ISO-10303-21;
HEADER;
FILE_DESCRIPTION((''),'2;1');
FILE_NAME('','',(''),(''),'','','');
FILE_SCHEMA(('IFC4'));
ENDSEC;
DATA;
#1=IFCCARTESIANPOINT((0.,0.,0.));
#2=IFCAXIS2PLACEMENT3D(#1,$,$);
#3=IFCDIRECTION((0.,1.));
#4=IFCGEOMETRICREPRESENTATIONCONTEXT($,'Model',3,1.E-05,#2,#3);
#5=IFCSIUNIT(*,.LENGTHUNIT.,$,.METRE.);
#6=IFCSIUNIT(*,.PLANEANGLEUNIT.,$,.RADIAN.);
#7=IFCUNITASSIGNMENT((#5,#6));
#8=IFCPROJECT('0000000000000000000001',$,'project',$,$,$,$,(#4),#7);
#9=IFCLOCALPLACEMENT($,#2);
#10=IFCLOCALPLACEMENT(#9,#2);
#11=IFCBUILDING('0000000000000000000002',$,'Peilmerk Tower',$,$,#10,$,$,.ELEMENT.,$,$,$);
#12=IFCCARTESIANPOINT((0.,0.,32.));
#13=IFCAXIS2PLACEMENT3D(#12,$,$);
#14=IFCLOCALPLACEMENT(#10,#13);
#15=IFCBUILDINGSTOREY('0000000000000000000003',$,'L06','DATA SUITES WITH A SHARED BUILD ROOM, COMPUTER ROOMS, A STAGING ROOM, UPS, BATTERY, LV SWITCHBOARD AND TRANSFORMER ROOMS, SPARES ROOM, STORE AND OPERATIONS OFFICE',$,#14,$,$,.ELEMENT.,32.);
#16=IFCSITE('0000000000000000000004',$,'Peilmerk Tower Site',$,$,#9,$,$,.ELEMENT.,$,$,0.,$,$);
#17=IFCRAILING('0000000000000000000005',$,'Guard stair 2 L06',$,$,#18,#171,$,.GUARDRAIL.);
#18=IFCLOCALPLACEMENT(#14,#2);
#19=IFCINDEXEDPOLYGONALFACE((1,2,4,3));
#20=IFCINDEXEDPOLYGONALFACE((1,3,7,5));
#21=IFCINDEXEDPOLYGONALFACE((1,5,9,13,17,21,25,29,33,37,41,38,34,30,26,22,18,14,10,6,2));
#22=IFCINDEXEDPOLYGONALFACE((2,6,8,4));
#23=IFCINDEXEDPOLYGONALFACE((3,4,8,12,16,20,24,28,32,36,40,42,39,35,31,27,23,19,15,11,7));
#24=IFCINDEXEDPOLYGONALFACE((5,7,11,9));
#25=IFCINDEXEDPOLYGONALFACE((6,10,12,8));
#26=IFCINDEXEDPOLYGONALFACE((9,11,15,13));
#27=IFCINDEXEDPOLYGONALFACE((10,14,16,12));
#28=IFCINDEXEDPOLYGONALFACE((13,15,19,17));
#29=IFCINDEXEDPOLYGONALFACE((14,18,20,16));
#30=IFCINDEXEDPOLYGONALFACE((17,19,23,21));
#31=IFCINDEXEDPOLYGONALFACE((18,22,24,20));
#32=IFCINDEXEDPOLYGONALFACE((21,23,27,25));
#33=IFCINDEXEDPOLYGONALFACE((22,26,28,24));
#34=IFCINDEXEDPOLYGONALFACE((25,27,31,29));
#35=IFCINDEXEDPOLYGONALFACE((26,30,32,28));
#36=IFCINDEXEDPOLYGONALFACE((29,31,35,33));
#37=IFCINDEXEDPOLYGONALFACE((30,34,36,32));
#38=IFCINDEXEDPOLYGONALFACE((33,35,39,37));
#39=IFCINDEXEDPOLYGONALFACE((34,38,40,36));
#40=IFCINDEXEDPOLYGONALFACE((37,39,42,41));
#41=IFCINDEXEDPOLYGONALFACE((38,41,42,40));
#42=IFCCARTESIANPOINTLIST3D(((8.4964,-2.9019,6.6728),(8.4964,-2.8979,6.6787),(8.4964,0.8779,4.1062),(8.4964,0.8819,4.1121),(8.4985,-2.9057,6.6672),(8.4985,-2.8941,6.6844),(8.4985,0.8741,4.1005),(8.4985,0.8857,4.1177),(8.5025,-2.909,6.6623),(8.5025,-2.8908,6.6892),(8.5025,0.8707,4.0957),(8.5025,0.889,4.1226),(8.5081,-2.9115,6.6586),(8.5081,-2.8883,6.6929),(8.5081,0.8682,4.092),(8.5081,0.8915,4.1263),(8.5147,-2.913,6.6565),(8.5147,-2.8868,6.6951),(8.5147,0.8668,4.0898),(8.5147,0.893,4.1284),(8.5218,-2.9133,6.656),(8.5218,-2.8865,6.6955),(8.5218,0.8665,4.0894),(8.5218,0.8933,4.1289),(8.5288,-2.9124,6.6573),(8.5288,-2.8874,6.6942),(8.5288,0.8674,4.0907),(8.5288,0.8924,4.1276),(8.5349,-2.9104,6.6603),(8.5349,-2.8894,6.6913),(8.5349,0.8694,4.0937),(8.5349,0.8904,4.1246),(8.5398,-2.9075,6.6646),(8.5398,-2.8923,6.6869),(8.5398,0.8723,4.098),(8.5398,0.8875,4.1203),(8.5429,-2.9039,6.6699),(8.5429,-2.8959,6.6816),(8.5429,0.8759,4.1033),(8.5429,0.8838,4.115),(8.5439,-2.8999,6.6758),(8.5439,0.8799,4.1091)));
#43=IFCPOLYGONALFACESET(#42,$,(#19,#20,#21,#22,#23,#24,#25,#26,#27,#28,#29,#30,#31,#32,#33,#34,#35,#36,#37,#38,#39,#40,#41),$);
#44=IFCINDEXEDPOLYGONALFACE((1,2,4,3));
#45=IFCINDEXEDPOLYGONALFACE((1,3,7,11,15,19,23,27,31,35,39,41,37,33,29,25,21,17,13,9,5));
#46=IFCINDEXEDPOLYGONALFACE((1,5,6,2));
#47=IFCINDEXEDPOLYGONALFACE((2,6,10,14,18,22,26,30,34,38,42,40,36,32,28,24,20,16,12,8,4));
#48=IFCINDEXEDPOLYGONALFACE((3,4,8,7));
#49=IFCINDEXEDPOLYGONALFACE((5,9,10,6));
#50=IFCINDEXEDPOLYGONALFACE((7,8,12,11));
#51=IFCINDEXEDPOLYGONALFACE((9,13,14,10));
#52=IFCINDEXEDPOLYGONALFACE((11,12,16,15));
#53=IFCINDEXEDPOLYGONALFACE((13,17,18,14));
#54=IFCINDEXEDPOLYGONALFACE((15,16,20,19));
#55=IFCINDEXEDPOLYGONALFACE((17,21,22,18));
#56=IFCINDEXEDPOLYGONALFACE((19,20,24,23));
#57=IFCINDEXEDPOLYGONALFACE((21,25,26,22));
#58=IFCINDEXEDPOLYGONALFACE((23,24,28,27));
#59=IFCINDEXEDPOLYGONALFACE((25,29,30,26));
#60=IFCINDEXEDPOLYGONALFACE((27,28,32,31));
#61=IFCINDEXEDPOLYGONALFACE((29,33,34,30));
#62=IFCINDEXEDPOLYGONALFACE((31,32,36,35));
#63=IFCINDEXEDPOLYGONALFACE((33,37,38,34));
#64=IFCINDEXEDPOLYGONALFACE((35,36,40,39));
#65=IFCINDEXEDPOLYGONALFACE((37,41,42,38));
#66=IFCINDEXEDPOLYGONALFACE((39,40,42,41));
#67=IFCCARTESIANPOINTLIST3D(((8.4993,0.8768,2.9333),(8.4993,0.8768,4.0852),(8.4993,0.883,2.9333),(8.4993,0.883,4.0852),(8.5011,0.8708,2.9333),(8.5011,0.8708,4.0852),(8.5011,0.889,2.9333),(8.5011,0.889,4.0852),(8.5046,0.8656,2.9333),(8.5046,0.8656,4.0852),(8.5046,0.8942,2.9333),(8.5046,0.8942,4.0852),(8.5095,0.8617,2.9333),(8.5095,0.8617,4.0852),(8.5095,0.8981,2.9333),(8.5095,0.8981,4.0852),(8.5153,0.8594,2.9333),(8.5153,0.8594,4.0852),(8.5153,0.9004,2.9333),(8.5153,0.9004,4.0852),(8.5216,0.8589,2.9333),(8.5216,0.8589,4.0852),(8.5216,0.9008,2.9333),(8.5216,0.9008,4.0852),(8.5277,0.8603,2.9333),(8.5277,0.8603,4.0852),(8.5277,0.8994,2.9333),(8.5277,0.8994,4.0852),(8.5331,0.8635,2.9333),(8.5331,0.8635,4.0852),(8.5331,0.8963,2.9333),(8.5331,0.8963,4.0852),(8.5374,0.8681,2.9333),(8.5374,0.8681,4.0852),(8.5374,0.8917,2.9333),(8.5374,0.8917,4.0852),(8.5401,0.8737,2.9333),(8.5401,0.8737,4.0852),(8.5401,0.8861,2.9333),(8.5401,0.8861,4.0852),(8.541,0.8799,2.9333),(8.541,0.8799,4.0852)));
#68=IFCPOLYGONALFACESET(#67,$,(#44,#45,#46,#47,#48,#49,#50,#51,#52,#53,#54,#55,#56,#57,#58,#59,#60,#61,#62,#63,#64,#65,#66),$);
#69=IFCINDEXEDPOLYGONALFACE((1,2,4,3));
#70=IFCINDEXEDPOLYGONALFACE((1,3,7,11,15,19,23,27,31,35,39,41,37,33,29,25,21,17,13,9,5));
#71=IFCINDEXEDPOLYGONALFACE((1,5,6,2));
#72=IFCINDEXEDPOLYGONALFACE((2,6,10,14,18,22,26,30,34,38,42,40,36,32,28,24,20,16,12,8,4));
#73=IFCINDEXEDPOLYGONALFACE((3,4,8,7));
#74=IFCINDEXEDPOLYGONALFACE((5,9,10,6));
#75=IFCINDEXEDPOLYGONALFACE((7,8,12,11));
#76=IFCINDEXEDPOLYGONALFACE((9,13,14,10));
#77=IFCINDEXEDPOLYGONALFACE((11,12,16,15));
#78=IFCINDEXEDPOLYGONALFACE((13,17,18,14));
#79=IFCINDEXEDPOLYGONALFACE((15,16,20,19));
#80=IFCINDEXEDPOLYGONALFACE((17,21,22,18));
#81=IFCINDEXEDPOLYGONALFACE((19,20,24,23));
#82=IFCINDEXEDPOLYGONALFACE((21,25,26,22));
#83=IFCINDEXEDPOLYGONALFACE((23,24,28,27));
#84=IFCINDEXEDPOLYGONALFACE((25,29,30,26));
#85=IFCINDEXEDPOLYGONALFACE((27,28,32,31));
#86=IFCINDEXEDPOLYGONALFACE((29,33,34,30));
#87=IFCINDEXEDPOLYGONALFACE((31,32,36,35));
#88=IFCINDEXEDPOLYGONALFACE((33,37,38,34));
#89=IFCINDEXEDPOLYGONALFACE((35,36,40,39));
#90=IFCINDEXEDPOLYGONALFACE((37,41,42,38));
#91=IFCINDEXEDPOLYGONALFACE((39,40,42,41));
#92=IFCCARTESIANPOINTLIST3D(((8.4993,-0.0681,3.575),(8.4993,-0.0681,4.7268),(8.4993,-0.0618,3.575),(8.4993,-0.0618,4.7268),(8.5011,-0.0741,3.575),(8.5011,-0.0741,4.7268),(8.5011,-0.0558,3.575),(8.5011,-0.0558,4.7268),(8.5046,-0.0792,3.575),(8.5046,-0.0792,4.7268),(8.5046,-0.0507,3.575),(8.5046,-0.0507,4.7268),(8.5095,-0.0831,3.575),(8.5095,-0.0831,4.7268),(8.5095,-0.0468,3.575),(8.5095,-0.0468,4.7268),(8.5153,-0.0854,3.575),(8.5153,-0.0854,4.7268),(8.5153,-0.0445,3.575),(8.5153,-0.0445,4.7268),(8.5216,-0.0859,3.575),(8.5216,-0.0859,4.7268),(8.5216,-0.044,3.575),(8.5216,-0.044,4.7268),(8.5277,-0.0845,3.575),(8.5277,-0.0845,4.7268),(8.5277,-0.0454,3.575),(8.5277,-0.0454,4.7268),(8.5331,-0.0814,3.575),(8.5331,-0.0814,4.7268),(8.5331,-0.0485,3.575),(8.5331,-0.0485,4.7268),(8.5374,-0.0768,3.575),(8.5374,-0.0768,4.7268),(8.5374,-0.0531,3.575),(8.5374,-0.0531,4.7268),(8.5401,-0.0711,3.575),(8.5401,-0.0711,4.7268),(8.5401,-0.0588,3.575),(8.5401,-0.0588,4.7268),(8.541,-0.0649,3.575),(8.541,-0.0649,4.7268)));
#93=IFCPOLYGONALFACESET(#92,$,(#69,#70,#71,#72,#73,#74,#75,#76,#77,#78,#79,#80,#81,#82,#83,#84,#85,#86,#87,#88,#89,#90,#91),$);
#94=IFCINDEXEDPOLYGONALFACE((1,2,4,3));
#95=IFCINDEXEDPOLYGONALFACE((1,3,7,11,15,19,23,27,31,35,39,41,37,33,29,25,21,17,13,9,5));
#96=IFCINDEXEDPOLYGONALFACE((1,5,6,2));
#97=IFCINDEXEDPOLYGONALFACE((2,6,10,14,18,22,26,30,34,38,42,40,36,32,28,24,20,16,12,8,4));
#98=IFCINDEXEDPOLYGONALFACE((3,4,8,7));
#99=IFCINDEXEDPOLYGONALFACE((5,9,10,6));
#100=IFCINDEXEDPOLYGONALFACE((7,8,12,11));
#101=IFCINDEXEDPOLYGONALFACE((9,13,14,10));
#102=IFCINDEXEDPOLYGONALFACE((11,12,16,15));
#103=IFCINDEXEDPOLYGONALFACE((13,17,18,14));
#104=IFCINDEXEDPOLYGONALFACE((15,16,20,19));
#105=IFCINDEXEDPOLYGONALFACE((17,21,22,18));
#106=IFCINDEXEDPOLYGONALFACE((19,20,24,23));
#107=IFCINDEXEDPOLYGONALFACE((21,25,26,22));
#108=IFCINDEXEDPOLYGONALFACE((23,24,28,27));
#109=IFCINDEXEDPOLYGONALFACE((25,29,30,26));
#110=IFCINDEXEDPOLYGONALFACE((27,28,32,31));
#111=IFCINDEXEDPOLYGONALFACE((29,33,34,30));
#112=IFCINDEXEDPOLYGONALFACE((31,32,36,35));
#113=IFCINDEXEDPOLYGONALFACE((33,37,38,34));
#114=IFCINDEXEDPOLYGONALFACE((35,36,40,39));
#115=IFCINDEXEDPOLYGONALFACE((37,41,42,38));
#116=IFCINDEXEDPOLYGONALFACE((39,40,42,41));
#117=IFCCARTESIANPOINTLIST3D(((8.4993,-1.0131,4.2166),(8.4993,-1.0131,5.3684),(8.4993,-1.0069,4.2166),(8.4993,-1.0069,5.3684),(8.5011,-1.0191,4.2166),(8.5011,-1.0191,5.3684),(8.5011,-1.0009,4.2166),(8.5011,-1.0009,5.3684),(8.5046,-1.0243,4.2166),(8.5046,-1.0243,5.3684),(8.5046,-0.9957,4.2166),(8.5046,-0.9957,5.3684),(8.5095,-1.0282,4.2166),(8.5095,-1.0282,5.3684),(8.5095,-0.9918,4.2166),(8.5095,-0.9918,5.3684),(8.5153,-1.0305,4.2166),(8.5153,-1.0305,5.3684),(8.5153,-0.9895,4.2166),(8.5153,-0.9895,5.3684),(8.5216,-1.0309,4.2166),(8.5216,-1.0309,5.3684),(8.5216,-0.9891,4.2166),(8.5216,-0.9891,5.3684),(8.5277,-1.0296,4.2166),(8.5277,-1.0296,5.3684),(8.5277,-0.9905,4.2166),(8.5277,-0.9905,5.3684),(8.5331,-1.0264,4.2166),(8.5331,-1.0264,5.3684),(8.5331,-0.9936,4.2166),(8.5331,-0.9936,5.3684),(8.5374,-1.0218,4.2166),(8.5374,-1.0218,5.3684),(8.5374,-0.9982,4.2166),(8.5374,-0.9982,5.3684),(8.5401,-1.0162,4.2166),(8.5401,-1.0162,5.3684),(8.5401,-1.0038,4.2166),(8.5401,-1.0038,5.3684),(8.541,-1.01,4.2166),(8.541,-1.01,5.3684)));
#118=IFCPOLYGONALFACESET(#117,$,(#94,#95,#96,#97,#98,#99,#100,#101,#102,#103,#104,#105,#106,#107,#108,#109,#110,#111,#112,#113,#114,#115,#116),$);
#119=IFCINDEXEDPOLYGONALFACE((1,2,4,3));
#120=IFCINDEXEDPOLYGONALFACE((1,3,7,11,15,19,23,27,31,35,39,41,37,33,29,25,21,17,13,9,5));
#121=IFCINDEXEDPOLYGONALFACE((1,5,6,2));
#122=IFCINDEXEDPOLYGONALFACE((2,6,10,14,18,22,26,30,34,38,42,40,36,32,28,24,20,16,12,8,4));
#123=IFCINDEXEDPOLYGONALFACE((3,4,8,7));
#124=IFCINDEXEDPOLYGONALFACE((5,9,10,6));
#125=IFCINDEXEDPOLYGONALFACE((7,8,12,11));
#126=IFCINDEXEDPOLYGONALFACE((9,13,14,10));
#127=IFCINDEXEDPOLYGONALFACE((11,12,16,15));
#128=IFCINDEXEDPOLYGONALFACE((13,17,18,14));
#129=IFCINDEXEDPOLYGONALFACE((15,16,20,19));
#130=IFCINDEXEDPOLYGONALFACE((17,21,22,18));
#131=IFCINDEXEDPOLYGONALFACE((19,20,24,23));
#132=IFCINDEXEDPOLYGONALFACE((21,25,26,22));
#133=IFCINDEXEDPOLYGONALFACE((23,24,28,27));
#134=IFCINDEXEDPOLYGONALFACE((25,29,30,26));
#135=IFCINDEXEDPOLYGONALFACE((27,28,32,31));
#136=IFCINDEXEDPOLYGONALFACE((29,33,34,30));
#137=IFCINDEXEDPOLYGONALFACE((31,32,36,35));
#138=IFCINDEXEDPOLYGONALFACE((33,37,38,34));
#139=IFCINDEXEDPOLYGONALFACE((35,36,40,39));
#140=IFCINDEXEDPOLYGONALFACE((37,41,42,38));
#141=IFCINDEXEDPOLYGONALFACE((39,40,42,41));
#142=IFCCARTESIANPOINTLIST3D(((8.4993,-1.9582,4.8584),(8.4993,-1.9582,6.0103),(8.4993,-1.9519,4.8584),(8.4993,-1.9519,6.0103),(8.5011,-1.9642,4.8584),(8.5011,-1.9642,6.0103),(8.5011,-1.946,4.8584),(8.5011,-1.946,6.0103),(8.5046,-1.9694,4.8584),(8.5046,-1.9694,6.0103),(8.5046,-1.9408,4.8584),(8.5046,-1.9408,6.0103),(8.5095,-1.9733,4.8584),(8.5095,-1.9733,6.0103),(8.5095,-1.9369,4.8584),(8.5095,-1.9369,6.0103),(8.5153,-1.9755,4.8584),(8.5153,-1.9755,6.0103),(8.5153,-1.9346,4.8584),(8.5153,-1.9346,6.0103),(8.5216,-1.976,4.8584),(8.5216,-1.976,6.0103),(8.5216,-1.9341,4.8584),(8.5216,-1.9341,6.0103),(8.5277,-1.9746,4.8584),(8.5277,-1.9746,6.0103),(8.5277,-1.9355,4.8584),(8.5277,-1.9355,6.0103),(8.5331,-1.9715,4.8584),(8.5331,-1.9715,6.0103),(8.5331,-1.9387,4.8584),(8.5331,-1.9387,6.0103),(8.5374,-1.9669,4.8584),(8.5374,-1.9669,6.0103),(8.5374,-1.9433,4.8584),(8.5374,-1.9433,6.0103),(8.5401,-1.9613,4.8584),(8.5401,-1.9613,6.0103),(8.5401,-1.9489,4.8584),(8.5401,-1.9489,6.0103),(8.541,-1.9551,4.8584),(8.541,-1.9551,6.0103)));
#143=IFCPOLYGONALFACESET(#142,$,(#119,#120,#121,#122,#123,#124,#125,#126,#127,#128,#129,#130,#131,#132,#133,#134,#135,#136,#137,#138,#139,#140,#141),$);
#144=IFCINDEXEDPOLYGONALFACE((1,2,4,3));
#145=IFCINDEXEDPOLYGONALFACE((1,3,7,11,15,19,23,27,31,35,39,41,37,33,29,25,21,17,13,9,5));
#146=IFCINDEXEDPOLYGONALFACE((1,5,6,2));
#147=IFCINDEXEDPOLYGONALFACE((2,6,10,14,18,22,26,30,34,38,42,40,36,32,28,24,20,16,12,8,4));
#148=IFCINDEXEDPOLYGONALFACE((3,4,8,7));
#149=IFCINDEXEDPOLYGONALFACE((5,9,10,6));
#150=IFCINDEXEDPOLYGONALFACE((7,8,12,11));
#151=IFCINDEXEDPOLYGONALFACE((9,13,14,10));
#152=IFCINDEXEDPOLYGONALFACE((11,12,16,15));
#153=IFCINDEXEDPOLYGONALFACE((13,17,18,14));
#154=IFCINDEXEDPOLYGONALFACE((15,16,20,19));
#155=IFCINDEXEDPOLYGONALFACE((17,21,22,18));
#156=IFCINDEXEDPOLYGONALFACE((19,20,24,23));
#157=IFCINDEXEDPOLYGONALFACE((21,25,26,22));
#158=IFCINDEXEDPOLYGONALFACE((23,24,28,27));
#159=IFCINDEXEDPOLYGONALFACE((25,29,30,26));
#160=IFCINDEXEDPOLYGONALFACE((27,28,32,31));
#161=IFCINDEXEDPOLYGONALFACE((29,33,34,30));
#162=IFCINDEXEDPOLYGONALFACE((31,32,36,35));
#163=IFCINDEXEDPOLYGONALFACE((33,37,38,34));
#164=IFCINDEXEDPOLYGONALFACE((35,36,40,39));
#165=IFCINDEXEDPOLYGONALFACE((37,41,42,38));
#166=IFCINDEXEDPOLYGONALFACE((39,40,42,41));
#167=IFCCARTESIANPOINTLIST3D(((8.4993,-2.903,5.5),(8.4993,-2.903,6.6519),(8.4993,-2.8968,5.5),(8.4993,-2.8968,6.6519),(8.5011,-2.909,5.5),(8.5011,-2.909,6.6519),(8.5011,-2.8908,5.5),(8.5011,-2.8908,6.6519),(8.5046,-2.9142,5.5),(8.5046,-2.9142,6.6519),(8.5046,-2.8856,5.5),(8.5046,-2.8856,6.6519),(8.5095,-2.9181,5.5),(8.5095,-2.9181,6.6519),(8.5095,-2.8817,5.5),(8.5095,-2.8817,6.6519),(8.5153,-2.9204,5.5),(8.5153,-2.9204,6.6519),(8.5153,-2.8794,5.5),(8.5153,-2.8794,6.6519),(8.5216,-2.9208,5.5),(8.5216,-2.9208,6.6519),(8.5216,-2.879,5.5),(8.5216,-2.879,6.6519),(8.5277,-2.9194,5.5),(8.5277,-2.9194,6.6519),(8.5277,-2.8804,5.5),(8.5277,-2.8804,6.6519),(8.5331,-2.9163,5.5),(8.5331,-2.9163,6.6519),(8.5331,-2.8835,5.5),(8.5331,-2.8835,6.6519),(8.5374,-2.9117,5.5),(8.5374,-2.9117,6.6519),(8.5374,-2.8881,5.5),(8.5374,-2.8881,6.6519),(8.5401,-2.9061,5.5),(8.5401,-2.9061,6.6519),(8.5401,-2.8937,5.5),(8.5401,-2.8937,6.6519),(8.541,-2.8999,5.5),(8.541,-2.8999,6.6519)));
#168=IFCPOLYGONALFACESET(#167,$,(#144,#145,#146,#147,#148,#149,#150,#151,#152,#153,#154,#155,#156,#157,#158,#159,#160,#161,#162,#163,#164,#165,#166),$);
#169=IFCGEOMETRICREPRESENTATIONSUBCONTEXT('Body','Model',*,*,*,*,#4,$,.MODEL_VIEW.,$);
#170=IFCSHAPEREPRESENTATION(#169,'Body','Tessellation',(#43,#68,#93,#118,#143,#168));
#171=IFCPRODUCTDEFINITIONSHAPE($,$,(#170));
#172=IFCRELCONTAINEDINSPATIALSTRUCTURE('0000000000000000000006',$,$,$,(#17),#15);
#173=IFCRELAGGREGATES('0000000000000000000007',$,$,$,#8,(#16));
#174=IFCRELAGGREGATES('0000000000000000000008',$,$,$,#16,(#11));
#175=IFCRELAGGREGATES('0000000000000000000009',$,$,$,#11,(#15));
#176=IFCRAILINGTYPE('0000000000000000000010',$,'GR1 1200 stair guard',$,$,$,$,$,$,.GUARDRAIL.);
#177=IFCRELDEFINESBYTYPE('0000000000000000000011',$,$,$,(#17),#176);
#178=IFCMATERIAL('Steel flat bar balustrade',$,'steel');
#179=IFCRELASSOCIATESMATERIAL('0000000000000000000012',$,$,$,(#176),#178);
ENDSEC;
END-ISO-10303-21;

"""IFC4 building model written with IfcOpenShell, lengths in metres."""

from ifc_helpers import new_model, si_unit, direction, frame, origin, origin_2d, place, context, subcontext, project, spatial, circle, extrude, material, type_object, element, save


model = new_model("IFC4")

# Units and contexts
model_context = context("Model", 3, precision=1e-05, world=origin(), true_north=direction((0.0, 1.0)))
body_context = subcontext(model_context, "Body", "Model", "MODEL_VIEW")
ifc_project = project(units=[si_unit("LENGTHUNIT", "METRE"), si_unit("PLANEANGLEUNIT", "RADIAN")], contexts=[model_context])

# Site, building, storey
site_placement = place(None, origin())
site = spatial("IfcSite", under=ifc_project, at=site_placement, Name="Peilmerk Tower Site", CompositionType="ELEMENT", RefElevation=0.0)
building_placement = place(site_placement, origin())
building = spatial("IfcBuilding", under=site, at=building_placement, Name="Peilmerk Tower", CompositionType="ELEMENT")
storey_placement = place(building_placement, frame((0.0, 0.0, 32.0)))
storey = spatial("IfcBuildingStorey", under=building, at=storey_placement, Name="L06", Description="DATA SUITES WITH A SHARED BUILD ROOM, COMPUTER ROOMS, A STAGING ROOM, UPS, BATTERY, LV SWITCHBOARD AND TRANSFORMER ROOMS, SPARES ROOM, STORE AND OPERATIONS OFFICE", CompositionType="ELEMENT", Elevation=32.0)

# Railing
ifc_material_1 = material(Name="Steel flat bar balustrade", Category="steel")
railing_type = type_object("IfcRailingType", Name="GR1 1200 stair guard", PredefinedType="GUARDRAIL", material=ifc_material_1)
railing_placement = place(storey_placement, frame((8.52, 0.8799, 2.9333)))
element("IfcRailing", 1, at=railing_placement, inside=storey, type_object=railing_type, Name="Guard stair 2 L06", PredefinedType="GUARDRAIL", context=body_context, shape_type="SweptSolid", body=[
    extrude(circle(Radius=0.0239, at=origin_2d()), frame((0.0, 0.0, 1.1758), z_axis=(0.0, -0.827293, 0.561771), x_axis=(1.0, 0.0, 0.0)), (0.0, 0.0, 1.0), 4.5688),
    extrude(circle(Radius=0.021, at=origin_2d()), origin(), (0.0, 0.0, 1.0), 1.1519),
    extrude(circle(Radius=0.021, at=origin_2d()), frame((0.0, -0.9448, 0.6416)), (0.0, 0.0, 1.0), 1.1519),
    extrude(circle(Radius=0.021, at=origin_2d()), frame((0.0, -1.8899, 1.2832)), (0.0, 0.0, 1.0), 1.1519),
    extrude(circle(Radius=0.021, at=origin_2d()), frame((0.0, -2.835, 1.925)), (0.0, 0.0, 1.0), 1.1519),
    extrude(circle(Radius=0.021, at=origin_2d()), frame((0.0, -3.7798, 2.5667)), (0.0, 0.0, 1.0), 1.1519),
])

save(model, "model.ifc")
